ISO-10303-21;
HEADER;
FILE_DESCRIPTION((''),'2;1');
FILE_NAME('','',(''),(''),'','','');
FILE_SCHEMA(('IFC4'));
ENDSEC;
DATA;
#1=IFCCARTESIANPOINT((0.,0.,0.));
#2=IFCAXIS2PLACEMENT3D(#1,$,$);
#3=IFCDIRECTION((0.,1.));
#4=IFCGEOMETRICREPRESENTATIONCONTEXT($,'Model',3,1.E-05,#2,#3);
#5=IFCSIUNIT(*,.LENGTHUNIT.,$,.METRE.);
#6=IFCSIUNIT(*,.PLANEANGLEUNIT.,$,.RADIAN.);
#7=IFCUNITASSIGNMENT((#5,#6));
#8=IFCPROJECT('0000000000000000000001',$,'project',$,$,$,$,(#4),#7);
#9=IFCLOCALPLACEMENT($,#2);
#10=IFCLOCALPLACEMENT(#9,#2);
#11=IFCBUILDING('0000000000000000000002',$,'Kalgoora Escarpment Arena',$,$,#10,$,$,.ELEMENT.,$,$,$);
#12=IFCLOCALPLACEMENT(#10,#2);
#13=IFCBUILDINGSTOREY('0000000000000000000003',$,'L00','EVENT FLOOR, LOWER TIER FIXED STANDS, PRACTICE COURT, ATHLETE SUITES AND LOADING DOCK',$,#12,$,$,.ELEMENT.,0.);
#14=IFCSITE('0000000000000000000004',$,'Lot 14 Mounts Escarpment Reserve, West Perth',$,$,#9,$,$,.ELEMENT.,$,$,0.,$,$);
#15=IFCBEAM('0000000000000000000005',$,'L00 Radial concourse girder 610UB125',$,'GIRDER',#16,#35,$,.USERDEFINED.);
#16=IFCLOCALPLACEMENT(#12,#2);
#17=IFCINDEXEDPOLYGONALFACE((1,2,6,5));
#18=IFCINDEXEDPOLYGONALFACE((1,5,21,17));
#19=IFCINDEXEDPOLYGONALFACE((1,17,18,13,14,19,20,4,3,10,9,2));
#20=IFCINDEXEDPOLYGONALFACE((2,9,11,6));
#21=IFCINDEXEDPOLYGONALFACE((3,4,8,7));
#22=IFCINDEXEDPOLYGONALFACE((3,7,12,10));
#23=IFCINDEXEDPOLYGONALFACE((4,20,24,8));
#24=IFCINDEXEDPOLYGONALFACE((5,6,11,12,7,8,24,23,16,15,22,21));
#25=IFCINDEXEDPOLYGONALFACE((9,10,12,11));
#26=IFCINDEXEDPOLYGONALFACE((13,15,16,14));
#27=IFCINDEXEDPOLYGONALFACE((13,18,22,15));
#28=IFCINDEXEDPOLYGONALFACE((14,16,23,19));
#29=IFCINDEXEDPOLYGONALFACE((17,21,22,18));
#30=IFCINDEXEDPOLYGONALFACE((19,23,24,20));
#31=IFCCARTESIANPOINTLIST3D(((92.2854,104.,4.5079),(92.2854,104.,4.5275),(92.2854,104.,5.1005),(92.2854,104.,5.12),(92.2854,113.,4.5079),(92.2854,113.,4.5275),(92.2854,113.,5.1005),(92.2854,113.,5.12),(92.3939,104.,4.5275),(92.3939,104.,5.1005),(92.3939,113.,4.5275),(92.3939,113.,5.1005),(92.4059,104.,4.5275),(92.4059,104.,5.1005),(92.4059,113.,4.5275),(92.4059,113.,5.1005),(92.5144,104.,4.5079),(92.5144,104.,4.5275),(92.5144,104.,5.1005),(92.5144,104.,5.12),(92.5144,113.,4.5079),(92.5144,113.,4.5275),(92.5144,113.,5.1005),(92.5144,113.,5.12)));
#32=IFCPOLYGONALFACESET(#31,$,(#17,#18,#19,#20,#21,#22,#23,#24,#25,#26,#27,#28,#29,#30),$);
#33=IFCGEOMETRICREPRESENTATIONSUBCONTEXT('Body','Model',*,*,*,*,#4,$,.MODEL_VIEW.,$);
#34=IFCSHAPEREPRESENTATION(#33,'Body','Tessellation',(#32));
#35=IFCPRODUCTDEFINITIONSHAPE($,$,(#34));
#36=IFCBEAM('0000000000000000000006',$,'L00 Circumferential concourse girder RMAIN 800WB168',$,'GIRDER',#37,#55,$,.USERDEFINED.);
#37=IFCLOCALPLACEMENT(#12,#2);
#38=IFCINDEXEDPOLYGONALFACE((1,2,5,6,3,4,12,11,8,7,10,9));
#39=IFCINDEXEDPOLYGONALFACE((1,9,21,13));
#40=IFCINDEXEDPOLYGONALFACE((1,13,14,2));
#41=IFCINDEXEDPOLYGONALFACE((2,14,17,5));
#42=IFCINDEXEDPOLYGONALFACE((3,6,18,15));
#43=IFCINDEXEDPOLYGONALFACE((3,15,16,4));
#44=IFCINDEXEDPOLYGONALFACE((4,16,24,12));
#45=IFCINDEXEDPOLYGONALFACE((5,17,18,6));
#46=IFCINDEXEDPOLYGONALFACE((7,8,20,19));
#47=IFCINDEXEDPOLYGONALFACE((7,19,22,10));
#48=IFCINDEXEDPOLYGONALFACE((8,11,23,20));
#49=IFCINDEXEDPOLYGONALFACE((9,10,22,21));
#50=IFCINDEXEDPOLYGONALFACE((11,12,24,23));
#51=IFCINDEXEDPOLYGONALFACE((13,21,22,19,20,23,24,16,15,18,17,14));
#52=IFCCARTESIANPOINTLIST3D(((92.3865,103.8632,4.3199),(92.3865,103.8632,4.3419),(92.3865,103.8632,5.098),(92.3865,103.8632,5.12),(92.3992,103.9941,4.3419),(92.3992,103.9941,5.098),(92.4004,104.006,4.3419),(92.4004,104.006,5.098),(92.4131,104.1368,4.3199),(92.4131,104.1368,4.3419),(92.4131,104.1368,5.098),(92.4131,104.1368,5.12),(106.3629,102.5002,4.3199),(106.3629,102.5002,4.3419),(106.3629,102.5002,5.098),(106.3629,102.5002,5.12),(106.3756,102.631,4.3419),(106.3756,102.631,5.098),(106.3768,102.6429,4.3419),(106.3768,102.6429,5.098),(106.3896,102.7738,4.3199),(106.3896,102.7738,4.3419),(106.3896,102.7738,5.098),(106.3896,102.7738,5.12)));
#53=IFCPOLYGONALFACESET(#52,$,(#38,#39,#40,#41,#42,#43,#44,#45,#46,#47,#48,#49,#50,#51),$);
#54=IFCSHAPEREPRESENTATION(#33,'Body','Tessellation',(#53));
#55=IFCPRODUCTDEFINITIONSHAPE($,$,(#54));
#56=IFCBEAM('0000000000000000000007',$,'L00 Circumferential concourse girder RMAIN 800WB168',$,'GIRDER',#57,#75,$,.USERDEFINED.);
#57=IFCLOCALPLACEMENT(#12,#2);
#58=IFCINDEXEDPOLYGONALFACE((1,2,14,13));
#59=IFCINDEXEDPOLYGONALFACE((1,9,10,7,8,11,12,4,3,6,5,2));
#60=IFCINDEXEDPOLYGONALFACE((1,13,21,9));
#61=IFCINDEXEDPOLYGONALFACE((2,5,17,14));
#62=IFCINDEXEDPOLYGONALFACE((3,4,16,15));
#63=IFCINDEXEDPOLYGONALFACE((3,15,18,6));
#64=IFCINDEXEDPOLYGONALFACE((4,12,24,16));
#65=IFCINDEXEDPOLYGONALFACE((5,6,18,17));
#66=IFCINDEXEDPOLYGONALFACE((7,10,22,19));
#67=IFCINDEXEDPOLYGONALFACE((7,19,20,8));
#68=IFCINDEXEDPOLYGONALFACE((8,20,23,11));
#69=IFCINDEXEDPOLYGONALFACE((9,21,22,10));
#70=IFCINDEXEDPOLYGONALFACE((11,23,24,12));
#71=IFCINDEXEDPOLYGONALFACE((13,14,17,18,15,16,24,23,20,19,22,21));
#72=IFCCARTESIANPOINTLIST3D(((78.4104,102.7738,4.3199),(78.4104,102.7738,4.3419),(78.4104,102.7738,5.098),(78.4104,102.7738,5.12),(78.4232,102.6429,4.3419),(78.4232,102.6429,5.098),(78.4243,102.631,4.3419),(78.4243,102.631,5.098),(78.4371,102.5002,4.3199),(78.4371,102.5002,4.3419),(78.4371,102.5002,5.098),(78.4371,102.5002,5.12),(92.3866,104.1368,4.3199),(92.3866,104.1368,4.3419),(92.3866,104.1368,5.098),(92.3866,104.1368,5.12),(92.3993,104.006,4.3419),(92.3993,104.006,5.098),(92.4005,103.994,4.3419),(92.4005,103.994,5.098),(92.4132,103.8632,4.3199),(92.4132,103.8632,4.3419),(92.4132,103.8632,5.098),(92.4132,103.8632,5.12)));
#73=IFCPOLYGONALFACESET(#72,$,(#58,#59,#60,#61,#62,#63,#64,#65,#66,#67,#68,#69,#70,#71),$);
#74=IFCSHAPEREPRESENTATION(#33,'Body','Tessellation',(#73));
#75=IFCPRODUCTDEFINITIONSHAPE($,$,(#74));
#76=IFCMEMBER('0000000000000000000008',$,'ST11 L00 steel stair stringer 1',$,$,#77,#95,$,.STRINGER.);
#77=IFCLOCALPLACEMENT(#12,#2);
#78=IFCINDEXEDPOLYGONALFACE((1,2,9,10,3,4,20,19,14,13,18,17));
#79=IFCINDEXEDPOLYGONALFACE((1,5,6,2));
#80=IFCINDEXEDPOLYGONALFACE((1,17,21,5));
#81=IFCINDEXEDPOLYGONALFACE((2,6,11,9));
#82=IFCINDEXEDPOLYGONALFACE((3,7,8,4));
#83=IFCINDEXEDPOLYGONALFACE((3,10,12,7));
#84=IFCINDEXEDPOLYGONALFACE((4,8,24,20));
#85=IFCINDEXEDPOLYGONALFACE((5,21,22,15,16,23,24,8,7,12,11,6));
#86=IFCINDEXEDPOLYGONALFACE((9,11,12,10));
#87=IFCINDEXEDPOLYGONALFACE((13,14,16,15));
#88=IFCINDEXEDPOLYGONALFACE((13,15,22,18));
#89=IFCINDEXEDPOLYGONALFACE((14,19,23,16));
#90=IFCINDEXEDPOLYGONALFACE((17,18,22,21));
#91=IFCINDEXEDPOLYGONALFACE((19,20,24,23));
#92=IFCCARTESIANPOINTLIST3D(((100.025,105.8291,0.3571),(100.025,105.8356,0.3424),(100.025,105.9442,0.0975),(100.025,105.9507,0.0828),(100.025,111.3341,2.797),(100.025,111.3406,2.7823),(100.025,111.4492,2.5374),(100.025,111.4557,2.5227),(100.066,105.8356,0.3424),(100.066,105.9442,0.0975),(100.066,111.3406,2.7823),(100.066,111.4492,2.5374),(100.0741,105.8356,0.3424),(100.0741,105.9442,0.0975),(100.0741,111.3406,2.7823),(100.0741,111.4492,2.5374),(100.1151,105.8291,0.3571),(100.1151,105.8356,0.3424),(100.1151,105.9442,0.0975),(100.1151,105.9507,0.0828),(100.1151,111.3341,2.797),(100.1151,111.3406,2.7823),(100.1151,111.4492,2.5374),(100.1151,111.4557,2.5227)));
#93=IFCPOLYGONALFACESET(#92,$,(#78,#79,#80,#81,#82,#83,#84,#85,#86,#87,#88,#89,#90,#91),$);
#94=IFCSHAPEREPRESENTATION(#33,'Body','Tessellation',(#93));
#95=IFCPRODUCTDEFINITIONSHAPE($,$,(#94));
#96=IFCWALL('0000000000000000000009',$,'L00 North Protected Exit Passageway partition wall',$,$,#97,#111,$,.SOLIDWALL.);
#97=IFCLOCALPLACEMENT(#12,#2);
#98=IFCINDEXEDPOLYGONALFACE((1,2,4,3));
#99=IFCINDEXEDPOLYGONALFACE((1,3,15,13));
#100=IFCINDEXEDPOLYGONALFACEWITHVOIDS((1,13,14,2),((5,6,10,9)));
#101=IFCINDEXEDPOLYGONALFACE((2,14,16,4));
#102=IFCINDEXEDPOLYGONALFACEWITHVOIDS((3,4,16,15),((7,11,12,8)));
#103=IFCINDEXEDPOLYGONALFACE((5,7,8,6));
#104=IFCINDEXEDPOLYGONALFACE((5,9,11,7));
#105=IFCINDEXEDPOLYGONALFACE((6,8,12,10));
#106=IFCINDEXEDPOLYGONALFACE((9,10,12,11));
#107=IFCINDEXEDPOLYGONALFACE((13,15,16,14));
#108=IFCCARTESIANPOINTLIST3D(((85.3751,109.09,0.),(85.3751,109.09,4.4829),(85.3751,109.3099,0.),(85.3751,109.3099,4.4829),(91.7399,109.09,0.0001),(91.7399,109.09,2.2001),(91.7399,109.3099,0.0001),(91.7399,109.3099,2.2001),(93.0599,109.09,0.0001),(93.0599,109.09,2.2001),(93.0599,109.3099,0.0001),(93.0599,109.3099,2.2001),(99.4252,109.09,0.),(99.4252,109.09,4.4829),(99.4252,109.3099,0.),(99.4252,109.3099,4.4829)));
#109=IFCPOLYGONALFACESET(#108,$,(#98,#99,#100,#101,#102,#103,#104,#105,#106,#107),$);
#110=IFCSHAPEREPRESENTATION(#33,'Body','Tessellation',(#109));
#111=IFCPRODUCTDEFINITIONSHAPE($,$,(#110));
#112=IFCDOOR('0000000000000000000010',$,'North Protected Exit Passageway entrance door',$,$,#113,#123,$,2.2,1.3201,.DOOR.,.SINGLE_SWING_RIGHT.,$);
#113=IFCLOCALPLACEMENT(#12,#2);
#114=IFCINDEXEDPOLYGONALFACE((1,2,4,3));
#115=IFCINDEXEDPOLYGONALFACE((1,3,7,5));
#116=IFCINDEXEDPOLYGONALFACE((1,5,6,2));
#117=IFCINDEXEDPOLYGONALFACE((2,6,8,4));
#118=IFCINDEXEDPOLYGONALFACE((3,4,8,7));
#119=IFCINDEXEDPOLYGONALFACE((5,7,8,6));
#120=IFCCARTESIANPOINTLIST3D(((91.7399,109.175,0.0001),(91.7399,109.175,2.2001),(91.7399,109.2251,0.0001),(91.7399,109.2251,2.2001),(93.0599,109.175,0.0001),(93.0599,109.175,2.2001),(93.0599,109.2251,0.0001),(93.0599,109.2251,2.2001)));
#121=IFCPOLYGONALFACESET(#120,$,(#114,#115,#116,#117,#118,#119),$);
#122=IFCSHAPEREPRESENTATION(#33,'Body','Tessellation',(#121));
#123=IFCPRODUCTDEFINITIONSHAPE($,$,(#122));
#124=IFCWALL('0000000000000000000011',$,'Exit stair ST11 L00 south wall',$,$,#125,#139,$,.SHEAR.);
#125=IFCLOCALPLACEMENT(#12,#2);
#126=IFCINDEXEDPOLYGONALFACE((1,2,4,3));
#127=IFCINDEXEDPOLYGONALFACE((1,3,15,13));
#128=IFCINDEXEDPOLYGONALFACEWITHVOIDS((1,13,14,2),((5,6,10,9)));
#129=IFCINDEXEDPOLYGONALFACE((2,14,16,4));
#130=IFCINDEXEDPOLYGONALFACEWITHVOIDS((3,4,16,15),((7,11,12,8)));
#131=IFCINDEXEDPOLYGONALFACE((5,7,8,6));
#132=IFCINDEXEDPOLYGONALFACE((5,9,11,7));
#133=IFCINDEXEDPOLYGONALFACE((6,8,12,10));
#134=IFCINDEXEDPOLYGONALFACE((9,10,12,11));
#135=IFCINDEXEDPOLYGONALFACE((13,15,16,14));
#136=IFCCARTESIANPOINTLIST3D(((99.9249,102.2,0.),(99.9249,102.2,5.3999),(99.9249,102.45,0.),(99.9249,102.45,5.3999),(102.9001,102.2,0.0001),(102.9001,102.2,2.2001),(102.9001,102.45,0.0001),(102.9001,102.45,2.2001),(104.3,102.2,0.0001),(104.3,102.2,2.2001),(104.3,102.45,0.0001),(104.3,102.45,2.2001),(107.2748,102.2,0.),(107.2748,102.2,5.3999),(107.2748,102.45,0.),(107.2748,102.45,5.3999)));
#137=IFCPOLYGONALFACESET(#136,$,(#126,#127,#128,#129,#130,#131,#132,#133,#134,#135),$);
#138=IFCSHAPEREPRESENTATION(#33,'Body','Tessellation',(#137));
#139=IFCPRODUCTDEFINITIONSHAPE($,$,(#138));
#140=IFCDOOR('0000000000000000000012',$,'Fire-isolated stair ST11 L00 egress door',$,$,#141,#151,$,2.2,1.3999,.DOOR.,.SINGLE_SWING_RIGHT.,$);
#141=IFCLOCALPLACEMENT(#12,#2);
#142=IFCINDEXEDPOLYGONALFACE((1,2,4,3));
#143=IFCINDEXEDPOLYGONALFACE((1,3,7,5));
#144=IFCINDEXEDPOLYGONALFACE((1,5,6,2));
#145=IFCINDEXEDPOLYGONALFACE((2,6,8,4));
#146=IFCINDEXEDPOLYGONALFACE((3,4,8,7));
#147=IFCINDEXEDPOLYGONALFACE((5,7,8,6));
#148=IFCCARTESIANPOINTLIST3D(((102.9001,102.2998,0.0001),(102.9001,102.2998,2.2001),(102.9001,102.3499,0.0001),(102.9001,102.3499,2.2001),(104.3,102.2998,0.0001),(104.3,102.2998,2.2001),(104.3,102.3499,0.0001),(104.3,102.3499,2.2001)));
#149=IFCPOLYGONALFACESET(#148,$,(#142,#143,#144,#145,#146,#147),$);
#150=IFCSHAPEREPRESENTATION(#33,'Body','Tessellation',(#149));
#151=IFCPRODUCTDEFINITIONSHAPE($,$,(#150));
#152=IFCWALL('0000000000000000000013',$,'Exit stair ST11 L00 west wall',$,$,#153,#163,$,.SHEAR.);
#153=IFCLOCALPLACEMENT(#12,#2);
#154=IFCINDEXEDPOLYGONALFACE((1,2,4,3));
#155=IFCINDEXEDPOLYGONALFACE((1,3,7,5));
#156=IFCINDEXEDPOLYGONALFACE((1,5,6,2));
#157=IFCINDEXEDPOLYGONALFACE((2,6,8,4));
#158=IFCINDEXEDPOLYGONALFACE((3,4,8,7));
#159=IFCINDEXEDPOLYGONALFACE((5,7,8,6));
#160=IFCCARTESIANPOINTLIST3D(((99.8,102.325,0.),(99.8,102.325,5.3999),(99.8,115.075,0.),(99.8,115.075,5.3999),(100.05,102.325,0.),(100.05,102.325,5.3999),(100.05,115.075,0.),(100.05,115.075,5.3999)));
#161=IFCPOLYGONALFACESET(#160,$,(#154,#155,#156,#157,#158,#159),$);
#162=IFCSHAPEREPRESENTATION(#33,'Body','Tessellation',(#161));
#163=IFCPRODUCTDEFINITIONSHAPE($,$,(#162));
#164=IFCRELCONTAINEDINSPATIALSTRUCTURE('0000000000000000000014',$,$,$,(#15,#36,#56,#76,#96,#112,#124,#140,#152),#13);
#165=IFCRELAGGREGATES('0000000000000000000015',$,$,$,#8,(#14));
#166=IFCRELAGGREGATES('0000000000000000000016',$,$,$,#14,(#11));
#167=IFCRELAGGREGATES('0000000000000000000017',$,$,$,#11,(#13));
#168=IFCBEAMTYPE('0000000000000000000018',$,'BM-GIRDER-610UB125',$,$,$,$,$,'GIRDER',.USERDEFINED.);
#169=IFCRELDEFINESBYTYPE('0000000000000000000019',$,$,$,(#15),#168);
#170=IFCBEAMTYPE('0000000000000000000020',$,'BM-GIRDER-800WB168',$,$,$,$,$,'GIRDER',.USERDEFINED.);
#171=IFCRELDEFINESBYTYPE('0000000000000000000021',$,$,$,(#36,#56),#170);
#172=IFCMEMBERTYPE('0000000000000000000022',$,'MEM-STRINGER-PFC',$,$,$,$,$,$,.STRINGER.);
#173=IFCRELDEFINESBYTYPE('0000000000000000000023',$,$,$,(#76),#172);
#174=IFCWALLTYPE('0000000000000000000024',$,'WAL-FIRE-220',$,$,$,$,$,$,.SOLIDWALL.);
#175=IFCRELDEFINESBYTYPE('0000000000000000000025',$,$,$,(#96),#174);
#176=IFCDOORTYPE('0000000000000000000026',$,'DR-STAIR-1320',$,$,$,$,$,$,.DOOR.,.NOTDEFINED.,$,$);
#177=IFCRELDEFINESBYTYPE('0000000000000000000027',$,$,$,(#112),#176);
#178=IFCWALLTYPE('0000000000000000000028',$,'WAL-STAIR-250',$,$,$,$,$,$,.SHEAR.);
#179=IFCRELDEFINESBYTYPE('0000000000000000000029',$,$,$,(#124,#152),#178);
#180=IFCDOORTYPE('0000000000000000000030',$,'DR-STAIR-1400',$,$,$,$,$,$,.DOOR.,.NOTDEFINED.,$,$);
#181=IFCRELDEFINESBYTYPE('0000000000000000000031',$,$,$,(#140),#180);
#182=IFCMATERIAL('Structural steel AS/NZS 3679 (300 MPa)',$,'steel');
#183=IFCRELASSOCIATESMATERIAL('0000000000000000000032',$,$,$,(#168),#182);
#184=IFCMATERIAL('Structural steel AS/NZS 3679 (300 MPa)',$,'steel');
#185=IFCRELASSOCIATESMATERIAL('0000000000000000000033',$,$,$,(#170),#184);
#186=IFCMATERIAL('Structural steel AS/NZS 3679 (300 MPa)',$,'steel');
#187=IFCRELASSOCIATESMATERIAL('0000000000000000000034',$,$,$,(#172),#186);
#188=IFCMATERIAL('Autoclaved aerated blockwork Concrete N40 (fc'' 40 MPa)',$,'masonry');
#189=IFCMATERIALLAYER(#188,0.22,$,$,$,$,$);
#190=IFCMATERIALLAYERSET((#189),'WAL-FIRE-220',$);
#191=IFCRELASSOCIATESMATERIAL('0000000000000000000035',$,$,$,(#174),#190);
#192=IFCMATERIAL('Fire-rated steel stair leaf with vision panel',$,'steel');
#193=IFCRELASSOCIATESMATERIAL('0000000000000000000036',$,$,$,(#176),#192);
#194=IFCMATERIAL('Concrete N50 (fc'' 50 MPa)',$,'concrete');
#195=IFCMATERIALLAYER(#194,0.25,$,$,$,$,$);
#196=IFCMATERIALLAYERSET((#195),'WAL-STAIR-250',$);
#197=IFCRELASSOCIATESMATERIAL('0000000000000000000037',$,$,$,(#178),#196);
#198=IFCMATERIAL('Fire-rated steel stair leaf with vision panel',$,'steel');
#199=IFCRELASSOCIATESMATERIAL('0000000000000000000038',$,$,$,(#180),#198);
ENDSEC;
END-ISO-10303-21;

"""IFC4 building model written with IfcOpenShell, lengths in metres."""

from ifc_helpers import new_model, si_unit, direction, frame, frame_2d, origin, origin_2d, place, context, subcontext, project, spatial, rectangle, i_section, extrude, material, layer, layer_set, material_profile, profile_set, type_object, element, fill, save


model = new_model("IFC4")

# Units and contexts
model_context = context("Model", 3, precision=1e-05, world=origin(), true_north=direction((0.0, 1.0)))
body_context = subcontext(model_context, "Body", "Model", "MODEL_VIEW")
ifc_project = project(units=[si_unit("LENGTHUNIT", "METRE"), si_unit("PLANEANGLEUNIT", "RADIAN")], contexts=[model_context])

# Site, building, storey
site_placement = place(None, origin())
site = spatial("IfcSite", under=ifc_project, at=site_placement, Name="Lot 14 Mounts Escarpment Reserve, West Perth", CompositionType="ELEMENT", RefElevation=0.0)
building_placement = place(site_placement, origin())
building = spatial("IfcBuilding", under=site, at=building_placement, Name="Kalgoora Escarpment Arena", CompositionType="ELEMENT")
storey_placement = place(building_placement, origin())
storey = spatial("IfcBuildingStorey", under=building, at=storey_placement, Name="L00", Description="EVENT FLOOR, LOWER TIER FIXED STANDS, PRACTICE COURT, ATHLETE SUITES AND LOADING DOCK", CompositionType="ELEMENT", Elevation=0.0)

# Beams
ifc_material_1 = material(Name="Structural steel AS/NZS 3679 (300 MPa)", Category="steel")
ifc_material_profile_1 = material_profile(ifc_material_1, i_section(OverallWidth=0.229, OverallDepth=0.6121, WebThickness=0.012, FlangeThickness=0.0195, at=origin_2d()))
ifc_profile_set_1 = profile_set([ifc_material_profile_1], Name="Structural steel AS/NZS 3679 (300 MPa)")
beam_type_1 = type_object("IfcBeamType", Name="BM-GIRDER-610UB125", ElementType="GIRDER", PredefinedType="USERDEFINED", material=ifc_profile_set_1)
beam_1_placement = place(storey_placement, frame((92.3999, 104.0, 4.814), z_axis=(0.0, 1.0, 0.0), x_axis=(-1.0, 0.0, 0.0)))
element("IfcBeam", 1, at=beam_1_placement, inside=storey, type_object=beam_type_1, Name="L00 Radial concourse girder 610UB125", ObjectType="GIRDER", PredefinedType="USERDEFINED", context=body_context, shape_type="SweptSolid", body=[
    extrude(i_section(OverallWidth=0.229, OverallDepth=0.6121, WebThickness=0.012, FlangeThickness=0.0195, at=origin_2d()), origin(), (0.0, 0.0, 1.0), 9.0),
])
ifc_material_2 = material(Name="Structural steel AS/NZS 3679 (300 MPa)", Category="steel")
ifc_material_profile_2 = material_profile(ifc_material_2, i_section(OverallWidth=0.2749, OverallDepth=0.8, WebThickness=0.012, FlangeThickness=0.022, at=origin_2d()))
ifc_profile_set_2 = profile_set([ifc_material_profile_2], Name="Structural steel AS/NZS 3679 (300 MPa)")
beam_type_2 = type_object("IfcBeamType", Name="BM-GIRDER-800WB168", ElementType="GIRDER", PredefinedType="USERDEFINED", material=ifc_profile_set_2)
beam_2_placement = place(storey_placement, frame((106.3762, 102.637, 4.72), z_axis=(-0.995278, 0.097064, 0.0), x_axis=(-0.097064, -0.995278, 0.0)))
element("IfcBeam", 2, at=beam_2_placement, inside=storey, type_object=beam_type_2, Name="L00 Circumferential concourse girder RMAIN 800WB168", ObjectType="GIRDER", PredefinedType="USERDEFINED", context=body_context, shape_type="SweptSolid", body=[
    extrude(i_section(OverallWidth=0.2749, OverallDepth=0.8, WebThickness=0.012, FlangeThickness=0.022, at=origin_2d()), origin(), (0.0, 0.0, 1.0), 14.0427),
])
beam_3_placement = place(storey_placement, frame((92.3999, 104.0, 4.72), z_axis=(-0.995278, -0.097066, 0.0), x_axis=(0.097066, -0.995278, 0.0)))
element("IfcBeam", 3, at=beam_3_placement, inside=storey, type_object=beam_type_2, Name="L00 Circumferential concourse girder RMAIN 800WB168", ObjectType="GIRDER", PredefinedType="USERDEFINED", context=body_context, shape_type="SweptSolid", body=[
    extrude(i_section(OverallWidth=0.2749, OverallDepth=0.8, WebThickness=0.012, FlangeThickness=0.022, at=origin_2d()), origin(), (0.0, 0.0, 1.0), 14.0425),
])

# Member
ifc_material_3 = material(Name="Structural steel AS/NZS 3679 (300 MPa)", Category="steel")
ifc_material_profile_3 = material_profile(ifc_material_3, i_section(OverallWidth=0.0901, OverallDepth=0.3, WebThickness=0.0081, FlangeThickness=0.0161, at=origin_2d()))
ifc_profile_set_3 = profile_set([ifc_material_profile_3], Name="Structural steel AS/NZS 3679 (300 MPa)")
member_type = type_object("IfcMemberType", Name="MEM-STRINGER-PFC", PredefinedType="STRINGER", material=ifc_profile_set_3)
member_placement = place(storey_placement, frame((100.0701, 105.8899, 0.22), z_axis=(0.0, 0.914229, 0.405198), x_axis=(-1.0, 0.0, 0.0)))
element("IfcMember", 4, at=member_placement, inside=storey, type_object=member_type, Name="ST11 L00 steel stair stringer 1", PredefinedType="STRINGER", context=body_context, shape_type="SweptSolid", body=[
    extrude(i_section(OverallWidth=0.0901, OverallDepth=0.3, WebThickness=0.0081, FlangeThickness=0.0161, at=origin_2d()), origin(), (0.0, 0.0, 1.0), 6.0215),
])

# Walls, openings, doors
ifc_material_4 = material(Name="Autoclaved aerated blockwork Concrete N40 (fc' 40 MPa)", Category="masonry")
ifc_layer_1 = layer(ifc_material_4, 0.22)
ifc_layer_set_1 = layer_set([ifc_layer_1], Name="WAL-FIRE-220")
wall_type_1 = type_object("IfcWallType", Name="WAL-FIRE-220", PredefinedType="SOLIDWALL", material=ifc_layer_set_1)
wall_1_placement = place(storey_placement, frame((99.425, 109.2, 0.0), z_axis=(0.0, 0.0, 1.0), x_axis=(-1.0, 0.0, 0.0)))
wall_1 = element("IfcWall", 5, at=wall_1_placement, inside=storey, type_object=wall_type_1, Name="L00 North Protected Exit Passageway partition wall", PredefinedType="SOLIDWALL", context=body_context, shape_type="SweptSolid", body=[
    extrude(rectangle(XDim=14.05, YDim=0.22, at=frame_2d((7.0249, 0.0))), origin(), (0.0, 0.0, 1.0), 4.4829),
])
opening_1_placement = place(wall_1_placement, frame((6.365, 0.0, 0.0)))
opening_1 = element("IfcOpeningElement", 6, at=opening_1_placement, cuts=wall_1, PredefinedType="OPENING", context=body_context, shape_type="SweptSolid", body=[
    extrude(rectangle(XDim=1.3201, YDim=2.2, at=frame_2d((0.6602, 1.1001))), frame((0.0, 0.1199, 0.0), z_axis=(0.0, -1.0, 0.0), x_axis=(1.0, 0.0, 0.0)), (0.0, 0.0, 1.0), 0.24),
])
ifc_material_5 = material(Name="Fire-rated steel stair leaf with vision panel", Category="steel")
door_type_1 = type_object("IfcDoorType", Name="DR-STAIR-1320", OperationType="NOTDEFINED", PredefinedType="DOOR", material=ifc_material_5)
door_1_placement = place(opening_1_placement, origin())
door_1 = element("IfcDoor", 7, at=door_1_placement, inside=storey, type_object=door_type_1, Name="North Protected Exit Passageway entrance door", OperationType="SINGLE_SWING_RIGHT", OverallHeight=2.2, OverallWidth=1.3201, PredefinedType="DOOR", context=body_context, shape_type="SweptSolid", body=[
    extrude(rectangle(XDim=1.3201, YDim=2.2, at=frame_2d((0.6602, 1.1001))), frame((0.0, 0.0249, 0.0), z_axis=(0.0, -1.0, 0.0), x_axis=(1.0, 0.0, 0.0)), (0.0, 0.0, 1.0), 0.05),
])
fill(opening_1, door_1)
ifc_material_6 = material(Name="Concrete N50 (fc' 50 MPa)", Category="concrete")
ifc_layer_2 = layer(ifc_material_6, 0.25)
ifc_layer_set_2 = layer_set([ifc_layer_2], Name="WAL-STAIR-250")
wall_type_2 = type_object("IfcWallType", Name="WAL-STAIR-250", PredefinedType="SHEAR", material=ifc_layer_set_2)
wall_2_placement = place(storey_placement, frame((99.925, 102.325, 0.0), z_axis=(0.0, 0.0, 1.0), x_axis=(1.0, 0.0, 0.0)))
wall_2 = element("IfcWall", 8, at=wall_2_placement, inside=storey, type_object=wall_type_2, Name="Exit stair ST11 L00 south wall", PredefinedType="SHEAR", context=body_context, shape_type="SweptSolid", body=[
    extrude(rectangle(XDim=7.3499, YDim=0.25, at=frame_2d((3.6748, 0.0))), origin(), (0.0, 0.0, 1.0), 5.3999),
])
opening_2_placement = place(wall_2_placement, frame((2.9751, 0.0, 0.0)))
opening_2 = element("IfcOpeningElement", 9, at=opening_2_placement, cuts=wall_2, PredefinedType="OPENING", context=body_context, shape_type="SweptSolid", body=[
    extrude(rectangle(XDim=1.3999, YDim=2.2, at=frame_2d((0.7, 1.1001))), frame((0.0, 0.135, 0.0), z_axis=(0.0, -1.0, 0.0), x_axis=(1.0, 0.0, 0.0)), (0.0, 0.0, 1.0), 0.27),
])
ifc_material_7 = material(Name="Fire-rated steel stair leaf with vision panel", Category="steel")
door_type_2 = type_object("IfcDoorType", Name="DR-STAIR-1400", OperationType="NOTDEFINED", PredefinedType="DOOR", material=ifc_material_7)
door_2_placement = place(opening_2_placement, origin())
door_2 = element("IfcDoor", 10, at=door_2_placement, inside=storey, type_object=door_type_2, Name="Fire-isolated stair ST11 L00 egress door", OperationType="SINGLE_SWING_RIGHT", OverallHeight=2.2, OverallWidth=1.3999, PredefinedType="DOOR", context=body_context, shape_type="SweptSolid", body=[
    extrude(rectangle(XDim=1.3999, YDim=2.2, at=frame_2d((0.7, 1.1001))), frame((0.0, 0.0249, 0.0), z_axis=(0.0, -1.0, 0.0), x_axis=(1.0, 0.0, 0.0)), (0.0, 0.0, 1.0), 0.05),
])
fill(opening_2, door_2)

# Wall
for number, where, z_axis, x_axis, name in (
    (11, (99.925, 102.325, 0.0), (0.0, 0.0, 1.0), (0.0, 1.0, 0.0), "Exit stair ST11 L00 west wall"),
):
    element("IfcWall", number, at=place(storey_placement, frame(where, z_axis=z_axis, x_axis=x_axis)), inside=storey, type_object=wall_type_2, Name=name, PredefinedType="SHEAR", context=body_context, shape_type="SweptSolid", body=[
        extrude(rectangle(XDim=12.75, YDim=0.25, at=frame_2d((6.375, 0.0))), origin(), (0.0, 0.0, 1.0), 5.3999),
    ])

save(model, "model.ifc")
